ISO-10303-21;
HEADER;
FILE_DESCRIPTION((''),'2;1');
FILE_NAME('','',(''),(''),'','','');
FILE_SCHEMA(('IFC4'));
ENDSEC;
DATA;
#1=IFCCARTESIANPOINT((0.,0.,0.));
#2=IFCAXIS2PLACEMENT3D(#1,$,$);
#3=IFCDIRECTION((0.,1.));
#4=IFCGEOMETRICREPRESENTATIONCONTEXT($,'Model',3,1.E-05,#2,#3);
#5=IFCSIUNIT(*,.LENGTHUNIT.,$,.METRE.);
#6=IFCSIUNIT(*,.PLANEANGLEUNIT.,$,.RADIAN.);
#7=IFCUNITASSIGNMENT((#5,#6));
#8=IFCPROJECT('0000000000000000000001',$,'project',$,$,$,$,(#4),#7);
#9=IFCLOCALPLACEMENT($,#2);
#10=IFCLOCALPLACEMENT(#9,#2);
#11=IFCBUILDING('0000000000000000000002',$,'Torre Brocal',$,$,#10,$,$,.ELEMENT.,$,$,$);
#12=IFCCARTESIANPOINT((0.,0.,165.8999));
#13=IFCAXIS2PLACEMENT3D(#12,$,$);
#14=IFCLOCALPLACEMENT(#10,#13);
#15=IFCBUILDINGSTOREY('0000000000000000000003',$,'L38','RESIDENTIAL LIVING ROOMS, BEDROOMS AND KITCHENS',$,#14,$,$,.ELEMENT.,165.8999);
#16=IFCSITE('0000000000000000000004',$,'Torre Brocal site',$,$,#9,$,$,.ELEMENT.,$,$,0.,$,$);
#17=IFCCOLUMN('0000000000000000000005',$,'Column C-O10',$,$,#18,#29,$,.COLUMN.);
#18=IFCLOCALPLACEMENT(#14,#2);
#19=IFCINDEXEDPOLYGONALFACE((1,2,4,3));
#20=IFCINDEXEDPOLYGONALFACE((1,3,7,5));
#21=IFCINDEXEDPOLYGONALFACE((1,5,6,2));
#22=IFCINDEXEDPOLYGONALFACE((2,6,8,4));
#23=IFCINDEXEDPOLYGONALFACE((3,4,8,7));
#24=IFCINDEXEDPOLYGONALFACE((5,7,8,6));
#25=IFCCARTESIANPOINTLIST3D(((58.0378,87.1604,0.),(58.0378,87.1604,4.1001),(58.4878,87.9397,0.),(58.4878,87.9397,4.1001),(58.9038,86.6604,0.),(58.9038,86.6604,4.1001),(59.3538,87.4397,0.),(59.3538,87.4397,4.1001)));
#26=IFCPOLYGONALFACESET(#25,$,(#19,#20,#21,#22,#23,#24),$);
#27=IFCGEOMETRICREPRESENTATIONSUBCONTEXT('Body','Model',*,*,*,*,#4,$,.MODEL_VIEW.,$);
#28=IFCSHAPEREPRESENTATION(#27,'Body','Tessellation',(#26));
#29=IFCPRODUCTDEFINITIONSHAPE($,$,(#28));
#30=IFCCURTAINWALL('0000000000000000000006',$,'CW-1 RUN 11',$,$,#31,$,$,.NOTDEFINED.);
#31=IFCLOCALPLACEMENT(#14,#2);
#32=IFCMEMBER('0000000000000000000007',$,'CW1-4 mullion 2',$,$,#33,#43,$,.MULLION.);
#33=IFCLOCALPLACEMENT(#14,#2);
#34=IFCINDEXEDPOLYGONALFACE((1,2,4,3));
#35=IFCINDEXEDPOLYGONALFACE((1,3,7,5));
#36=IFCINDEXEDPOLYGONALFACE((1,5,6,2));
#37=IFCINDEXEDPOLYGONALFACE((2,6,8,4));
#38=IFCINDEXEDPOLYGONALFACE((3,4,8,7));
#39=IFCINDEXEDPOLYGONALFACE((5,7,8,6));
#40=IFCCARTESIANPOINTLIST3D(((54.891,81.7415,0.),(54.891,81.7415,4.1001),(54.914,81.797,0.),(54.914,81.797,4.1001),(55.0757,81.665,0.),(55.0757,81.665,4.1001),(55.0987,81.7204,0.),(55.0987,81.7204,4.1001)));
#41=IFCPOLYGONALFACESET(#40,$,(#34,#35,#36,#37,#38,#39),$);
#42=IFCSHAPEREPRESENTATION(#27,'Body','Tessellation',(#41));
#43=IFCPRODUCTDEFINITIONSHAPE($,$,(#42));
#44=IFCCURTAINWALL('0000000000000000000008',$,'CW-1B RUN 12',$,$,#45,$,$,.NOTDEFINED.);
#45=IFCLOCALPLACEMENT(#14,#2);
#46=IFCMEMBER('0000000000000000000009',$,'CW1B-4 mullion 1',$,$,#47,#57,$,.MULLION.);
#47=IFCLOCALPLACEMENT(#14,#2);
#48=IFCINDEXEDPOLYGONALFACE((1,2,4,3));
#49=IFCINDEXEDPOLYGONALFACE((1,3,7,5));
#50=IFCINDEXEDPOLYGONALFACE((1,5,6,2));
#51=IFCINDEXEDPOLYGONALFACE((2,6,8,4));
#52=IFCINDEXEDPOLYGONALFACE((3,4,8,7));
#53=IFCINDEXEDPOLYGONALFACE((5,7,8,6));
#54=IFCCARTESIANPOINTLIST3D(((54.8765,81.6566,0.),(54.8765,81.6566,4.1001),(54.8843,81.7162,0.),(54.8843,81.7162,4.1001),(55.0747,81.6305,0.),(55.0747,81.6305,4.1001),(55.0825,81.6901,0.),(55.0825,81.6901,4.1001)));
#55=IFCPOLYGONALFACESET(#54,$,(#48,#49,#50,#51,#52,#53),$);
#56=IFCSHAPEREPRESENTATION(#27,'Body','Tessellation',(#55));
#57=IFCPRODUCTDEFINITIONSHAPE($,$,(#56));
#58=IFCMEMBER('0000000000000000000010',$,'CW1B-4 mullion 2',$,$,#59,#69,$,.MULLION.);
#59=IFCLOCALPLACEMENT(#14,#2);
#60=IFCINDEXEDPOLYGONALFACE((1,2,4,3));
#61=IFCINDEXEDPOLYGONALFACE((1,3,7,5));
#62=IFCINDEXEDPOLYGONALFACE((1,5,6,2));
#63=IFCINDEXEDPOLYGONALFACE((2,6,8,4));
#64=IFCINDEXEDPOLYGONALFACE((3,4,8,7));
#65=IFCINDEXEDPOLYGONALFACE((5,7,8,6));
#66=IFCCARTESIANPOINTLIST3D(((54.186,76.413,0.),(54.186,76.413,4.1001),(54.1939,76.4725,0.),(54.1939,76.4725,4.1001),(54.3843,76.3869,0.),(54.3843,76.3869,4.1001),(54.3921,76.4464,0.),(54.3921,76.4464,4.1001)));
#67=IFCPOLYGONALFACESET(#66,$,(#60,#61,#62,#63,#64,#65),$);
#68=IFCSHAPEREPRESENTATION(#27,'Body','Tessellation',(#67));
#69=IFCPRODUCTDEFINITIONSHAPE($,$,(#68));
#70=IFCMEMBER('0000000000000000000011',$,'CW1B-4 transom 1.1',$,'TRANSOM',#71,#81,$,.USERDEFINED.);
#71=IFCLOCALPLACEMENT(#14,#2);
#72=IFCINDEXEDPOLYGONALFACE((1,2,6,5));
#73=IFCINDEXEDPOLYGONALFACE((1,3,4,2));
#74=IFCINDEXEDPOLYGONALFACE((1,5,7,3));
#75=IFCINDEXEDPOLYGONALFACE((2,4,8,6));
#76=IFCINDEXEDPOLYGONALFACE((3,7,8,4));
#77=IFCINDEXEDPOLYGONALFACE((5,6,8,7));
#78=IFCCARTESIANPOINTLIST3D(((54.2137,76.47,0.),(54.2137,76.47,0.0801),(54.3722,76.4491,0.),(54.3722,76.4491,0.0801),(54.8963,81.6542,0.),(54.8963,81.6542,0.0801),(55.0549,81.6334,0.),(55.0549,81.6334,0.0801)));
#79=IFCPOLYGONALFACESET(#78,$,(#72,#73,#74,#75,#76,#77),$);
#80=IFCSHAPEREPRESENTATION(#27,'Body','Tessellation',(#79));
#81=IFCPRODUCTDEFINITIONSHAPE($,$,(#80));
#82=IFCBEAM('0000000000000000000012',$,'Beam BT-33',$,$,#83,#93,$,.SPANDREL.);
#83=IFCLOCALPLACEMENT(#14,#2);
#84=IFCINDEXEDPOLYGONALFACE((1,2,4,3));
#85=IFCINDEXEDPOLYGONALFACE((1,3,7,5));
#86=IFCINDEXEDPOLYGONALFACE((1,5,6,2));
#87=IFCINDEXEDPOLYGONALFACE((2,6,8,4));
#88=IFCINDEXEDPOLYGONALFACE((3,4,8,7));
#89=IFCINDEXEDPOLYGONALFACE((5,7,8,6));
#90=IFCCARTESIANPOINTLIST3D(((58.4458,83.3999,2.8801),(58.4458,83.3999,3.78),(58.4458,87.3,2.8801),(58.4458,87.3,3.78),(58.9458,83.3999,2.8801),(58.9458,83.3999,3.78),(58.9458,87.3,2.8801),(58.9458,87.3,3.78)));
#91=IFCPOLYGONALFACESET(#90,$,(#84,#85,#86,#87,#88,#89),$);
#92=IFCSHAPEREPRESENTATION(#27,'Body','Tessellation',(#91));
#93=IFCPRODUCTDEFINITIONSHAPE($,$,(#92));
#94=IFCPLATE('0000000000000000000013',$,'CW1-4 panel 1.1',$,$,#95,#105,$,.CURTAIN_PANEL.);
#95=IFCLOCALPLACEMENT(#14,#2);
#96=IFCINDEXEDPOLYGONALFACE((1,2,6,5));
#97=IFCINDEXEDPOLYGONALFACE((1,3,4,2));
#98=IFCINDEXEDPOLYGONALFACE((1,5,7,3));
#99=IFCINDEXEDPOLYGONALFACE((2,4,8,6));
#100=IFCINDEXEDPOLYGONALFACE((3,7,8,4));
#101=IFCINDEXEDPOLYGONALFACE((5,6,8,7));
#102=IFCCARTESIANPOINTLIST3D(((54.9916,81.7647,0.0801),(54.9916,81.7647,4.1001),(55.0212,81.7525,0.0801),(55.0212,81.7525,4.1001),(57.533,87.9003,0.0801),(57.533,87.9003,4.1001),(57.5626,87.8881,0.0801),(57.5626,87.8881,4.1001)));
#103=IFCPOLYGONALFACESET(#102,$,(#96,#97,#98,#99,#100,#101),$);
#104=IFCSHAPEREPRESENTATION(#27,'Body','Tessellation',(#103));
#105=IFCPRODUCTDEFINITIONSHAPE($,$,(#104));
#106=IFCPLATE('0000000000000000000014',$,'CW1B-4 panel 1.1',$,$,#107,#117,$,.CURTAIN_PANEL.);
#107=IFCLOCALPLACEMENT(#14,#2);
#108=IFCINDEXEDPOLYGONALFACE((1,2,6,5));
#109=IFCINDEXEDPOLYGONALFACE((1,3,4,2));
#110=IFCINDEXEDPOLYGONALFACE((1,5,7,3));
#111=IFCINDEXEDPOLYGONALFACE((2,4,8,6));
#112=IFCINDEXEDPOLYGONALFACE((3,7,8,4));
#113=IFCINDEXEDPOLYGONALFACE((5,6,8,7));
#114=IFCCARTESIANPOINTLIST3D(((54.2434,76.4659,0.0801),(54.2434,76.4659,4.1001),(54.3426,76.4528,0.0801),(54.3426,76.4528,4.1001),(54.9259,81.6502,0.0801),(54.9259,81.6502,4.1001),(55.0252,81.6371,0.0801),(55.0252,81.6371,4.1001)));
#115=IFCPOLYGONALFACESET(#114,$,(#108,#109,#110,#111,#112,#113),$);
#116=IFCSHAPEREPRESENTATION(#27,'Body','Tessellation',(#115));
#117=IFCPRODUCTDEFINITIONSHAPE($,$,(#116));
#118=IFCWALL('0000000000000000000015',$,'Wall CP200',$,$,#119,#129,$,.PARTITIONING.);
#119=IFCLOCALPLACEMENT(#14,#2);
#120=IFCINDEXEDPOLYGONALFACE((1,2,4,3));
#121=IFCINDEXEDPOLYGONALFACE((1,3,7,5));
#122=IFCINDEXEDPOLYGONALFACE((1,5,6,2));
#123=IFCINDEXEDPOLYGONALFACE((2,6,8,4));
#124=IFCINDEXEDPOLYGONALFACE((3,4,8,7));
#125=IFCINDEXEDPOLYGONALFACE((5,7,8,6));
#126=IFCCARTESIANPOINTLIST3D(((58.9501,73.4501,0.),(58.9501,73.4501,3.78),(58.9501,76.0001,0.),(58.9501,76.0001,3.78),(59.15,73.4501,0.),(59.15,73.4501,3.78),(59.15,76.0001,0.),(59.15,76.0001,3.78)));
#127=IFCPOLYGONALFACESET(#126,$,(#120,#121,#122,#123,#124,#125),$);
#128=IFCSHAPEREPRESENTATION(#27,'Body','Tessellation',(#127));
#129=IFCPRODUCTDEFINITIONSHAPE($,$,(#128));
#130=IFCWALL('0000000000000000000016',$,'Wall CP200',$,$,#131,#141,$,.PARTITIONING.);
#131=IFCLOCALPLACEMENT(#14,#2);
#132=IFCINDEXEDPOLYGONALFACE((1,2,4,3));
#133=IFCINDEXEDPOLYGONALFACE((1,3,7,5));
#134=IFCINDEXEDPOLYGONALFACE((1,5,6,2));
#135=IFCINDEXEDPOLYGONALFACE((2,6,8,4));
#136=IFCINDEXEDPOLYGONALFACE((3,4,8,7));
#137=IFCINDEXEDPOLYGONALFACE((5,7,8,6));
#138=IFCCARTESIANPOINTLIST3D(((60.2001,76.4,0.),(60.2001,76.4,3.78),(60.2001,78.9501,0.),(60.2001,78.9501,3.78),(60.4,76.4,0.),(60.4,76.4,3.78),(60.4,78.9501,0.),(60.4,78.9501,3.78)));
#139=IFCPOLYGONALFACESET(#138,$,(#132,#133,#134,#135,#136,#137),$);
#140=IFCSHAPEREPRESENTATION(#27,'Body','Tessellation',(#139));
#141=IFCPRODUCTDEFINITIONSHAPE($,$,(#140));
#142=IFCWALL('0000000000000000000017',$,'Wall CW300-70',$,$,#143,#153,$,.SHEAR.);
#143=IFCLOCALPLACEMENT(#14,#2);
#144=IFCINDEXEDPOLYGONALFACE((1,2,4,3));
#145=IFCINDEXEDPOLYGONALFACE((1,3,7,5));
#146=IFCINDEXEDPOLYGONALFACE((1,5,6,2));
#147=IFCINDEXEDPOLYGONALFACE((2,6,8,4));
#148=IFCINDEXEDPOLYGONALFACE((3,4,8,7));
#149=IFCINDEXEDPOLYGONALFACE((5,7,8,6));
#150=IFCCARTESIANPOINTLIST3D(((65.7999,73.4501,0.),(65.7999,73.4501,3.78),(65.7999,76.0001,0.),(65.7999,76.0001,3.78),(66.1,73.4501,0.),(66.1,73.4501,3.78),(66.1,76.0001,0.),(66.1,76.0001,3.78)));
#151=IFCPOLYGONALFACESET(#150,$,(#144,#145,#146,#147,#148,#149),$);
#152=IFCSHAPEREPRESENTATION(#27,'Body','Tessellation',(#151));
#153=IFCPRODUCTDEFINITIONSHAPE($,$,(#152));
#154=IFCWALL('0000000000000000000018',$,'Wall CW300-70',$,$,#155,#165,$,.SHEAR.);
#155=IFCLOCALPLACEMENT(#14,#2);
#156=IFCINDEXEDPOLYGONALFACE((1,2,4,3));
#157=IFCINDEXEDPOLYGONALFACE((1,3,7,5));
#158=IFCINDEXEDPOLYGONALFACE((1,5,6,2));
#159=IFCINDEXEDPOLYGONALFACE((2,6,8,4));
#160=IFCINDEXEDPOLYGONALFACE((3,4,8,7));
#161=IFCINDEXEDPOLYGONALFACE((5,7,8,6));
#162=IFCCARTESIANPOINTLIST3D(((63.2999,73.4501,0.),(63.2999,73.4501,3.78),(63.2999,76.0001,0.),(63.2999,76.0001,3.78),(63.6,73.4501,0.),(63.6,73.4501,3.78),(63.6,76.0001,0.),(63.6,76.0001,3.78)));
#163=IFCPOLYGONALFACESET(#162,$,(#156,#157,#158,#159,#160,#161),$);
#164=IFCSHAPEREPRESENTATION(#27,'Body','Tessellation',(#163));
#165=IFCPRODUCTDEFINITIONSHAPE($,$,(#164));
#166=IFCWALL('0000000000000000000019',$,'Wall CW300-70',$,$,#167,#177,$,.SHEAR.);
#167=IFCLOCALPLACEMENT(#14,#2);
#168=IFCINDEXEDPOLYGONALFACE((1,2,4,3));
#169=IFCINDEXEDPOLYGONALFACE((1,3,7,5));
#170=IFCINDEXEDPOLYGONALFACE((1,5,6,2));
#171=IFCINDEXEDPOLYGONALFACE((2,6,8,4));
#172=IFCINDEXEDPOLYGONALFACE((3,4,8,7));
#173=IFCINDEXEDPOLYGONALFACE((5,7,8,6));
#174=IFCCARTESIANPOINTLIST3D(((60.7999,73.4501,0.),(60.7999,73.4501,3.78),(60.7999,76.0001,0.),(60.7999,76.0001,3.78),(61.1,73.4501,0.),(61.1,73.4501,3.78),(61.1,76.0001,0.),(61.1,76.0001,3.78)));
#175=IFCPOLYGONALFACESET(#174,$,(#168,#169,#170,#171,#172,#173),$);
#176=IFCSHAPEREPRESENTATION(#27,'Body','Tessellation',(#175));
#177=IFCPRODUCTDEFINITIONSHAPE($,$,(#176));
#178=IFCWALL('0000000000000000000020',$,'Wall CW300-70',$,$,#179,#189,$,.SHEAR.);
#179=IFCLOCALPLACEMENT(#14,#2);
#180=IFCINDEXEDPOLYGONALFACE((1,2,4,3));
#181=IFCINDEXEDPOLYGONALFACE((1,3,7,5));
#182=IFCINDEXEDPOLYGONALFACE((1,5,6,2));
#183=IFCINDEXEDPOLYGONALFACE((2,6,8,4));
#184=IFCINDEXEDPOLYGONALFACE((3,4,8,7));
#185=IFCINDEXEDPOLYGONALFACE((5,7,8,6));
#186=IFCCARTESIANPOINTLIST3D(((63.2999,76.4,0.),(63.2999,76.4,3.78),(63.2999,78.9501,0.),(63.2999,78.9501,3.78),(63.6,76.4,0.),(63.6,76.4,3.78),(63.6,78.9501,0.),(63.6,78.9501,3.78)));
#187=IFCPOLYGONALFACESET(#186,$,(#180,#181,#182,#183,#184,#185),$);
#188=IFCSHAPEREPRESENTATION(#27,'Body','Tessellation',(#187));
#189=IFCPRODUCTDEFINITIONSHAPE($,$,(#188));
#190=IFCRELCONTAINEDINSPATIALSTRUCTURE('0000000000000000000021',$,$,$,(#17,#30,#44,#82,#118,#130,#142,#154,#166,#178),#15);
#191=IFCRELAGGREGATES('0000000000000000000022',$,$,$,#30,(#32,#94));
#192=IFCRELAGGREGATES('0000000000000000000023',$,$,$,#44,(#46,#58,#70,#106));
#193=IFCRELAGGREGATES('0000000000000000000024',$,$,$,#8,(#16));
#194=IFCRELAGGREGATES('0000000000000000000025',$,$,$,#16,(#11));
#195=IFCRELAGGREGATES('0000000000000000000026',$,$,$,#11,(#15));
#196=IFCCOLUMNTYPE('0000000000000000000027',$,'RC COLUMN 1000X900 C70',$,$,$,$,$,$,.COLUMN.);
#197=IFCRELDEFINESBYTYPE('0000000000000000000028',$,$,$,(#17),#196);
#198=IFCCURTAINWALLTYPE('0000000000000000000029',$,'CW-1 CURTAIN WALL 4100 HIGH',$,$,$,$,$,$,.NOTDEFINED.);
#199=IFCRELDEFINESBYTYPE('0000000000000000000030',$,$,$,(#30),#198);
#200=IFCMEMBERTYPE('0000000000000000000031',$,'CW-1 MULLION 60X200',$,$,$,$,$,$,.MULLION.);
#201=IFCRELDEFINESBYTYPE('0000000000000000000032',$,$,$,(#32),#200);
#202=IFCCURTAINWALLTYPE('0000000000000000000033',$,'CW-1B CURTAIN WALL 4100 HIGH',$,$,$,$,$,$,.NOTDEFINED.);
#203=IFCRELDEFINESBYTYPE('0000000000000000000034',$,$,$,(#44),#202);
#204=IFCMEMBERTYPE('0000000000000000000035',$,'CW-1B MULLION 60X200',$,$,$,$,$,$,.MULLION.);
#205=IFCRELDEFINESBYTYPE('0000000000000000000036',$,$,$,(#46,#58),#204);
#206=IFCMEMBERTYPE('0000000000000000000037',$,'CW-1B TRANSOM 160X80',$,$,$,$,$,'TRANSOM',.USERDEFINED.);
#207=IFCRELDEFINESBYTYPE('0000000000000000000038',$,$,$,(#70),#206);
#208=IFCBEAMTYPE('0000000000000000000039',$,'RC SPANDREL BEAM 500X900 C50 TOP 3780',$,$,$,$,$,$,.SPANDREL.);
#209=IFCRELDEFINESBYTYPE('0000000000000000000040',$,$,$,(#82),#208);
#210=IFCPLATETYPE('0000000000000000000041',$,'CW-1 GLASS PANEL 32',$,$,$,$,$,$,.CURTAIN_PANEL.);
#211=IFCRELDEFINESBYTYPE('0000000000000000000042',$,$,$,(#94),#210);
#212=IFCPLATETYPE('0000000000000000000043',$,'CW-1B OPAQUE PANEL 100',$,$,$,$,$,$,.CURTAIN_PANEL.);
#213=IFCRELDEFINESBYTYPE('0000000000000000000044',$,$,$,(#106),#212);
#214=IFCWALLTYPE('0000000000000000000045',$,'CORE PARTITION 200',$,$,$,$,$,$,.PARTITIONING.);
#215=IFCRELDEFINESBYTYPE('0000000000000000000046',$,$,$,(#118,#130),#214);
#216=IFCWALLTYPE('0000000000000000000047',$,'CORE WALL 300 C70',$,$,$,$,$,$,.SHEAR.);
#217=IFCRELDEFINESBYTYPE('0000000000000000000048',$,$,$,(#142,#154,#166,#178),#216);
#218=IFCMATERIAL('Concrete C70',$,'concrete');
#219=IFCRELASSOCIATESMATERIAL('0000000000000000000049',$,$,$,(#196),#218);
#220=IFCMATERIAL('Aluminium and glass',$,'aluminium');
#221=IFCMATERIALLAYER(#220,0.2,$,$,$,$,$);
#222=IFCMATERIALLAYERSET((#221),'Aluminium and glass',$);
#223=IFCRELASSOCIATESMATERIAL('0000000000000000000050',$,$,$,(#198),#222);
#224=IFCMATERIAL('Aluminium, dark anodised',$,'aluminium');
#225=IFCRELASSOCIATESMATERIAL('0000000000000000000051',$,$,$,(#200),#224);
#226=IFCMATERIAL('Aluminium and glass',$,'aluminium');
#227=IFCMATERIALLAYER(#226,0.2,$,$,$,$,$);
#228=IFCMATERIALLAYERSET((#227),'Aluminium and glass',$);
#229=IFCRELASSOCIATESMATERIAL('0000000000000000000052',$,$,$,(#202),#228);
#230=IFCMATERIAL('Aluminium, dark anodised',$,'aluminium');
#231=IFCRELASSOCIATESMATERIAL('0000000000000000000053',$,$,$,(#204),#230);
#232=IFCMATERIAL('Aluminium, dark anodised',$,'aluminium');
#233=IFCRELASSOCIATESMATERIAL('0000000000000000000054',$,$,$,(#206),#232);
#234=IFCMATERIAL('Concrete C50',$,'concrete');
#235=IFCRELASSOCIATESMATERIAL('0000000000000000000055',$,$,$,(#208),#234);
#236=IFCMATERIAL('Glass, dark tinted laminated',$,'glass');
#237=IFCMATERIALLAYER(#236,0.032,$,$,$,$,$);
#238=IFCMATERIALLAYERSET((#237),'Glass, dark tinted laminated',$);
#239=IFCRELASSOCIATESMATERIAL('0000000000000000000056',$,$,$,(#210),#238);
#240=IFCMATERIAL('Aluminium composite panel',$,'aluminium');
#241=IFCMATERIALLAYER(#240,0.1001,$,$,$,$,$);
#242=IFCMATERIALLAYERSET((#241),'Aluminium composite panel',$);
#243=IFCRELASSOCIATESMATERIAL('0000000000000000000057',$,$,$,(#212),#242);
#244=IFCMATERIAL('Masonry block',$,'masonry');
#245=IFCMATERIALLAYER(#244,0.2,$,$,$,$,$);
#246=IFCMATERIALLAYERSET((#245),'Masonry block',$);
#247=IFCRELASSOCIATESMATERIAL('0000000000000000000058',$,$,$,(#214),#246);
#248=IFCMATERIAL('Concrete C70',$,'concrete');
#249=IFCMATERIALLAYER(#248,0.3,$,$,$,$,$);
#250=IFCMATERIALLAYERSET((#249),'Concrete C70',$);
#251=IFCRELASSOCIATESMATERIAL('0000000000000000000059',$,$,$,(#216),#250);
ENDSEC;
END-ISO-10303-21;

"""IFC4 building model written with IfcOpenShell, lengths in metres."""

from ifc_helpers import new_model, si_unit, direction, frame, frame_2d, origin, origin_2d, place, context, subcontext, project, spatial, rectangle, extrude, material, layer, layer_set, material_profile, profile_set, type_object, element, aggregate, save


model = new_model("IFC4")

# Units and contexts
model_context = context("Model", 3, precision=1e-05, world=origin(), true_north=direction((0.0, 1.0)))
body_context = subcontext(model_context, "Body", "Model", "MODEL_VIEW")
ifc_project = project(units=[si_unit("LENGTHUNIT", "METRE"), si_unit("PLANEANGLEUNIT", "RADIAN")], contexts=[model_context])

# Site, building, storey
site_placement = place(None, origin())
site = spatial("IfcSite", under=ifc_project, at=site_placement, Name="Torre Brocal site", CompositionType="ELEMENT", RefElevation=0.0)
building_placement = place(site_placement, origin())
building = spatial("IfcBuilding", under=site, at=building_placement, Name="Torre Brocal", CompositionType="ELEMENT")
storey_placement = place(building_placement, frame((0.0, 0.0, 165.8999)))
storey = spatial("IfcBuildingStorey", under=building, at=storey_placement, Name="L38", Description="RESIDENTIAL LIVING ROOMS, BEDROOMS AND KITCHENS", CompositionType="ELEMENT", Elevation=165.8999)

# Column
ifc_material_1 = material(Name="Concrete C70", Category="concrete")
ifc_material_profile_1 = material_profile(ifc_material_1, rectangle(XDim=1.0, YDim=0.8999, at=origin_2d()), Name="RC 1000X900")
ifc_profile_set_1 = profile_set([ifc_material_profile_1], Name="Concrete C70")
column_type = type_object("IfcColumnType", Name="RC COLUMN 1000X900 C70", PredefinedType="COLUMN", material=ifc_profile_set_1)
column_placement = place(storey_placement, frame((58.6958, 87.3, 0.0), z_axis=(0.0, 0.0, 1.0), x_axis=(-0.866025, 0.5, 0.0)))
element("IfcColumn", 1, at=column_placement, inside=storey, type_object=column_type, Name="Column C-O10", PredefinedType="COLUMN", context=body_context, shape_type="SweptSolid", body=[
    extrude(rectangle(XDim=1.0, YDim=0.8999, at=origin_2d()), origin(), (0.0, 0.0, 1.0), 4.1001),
])

# Curtain wall, member
ifc_material_2 = material(Name="Aluminium and glass", Category="aluminium")
ifc_layer_1 = layer(ifc_material_2, 0.2)
ifc_layer_set_1 = layer_set([ifc_layer_1], Name="Aluminium and glass")
curtain_wall_type_1 = type_object("IfcCurtainWallType", Name="CW-1 CURTAIN WALL 4100 HIGH", PredefinedType="NOTDEFINED", material=ifc_layer_set_1)
curtain_wall_1_placement = place(storey_placement, origin())
curtain_wall_1 = element("IfcCurtainWall", 2, at=curtain_wall_1_placement, inside=storey, type_object=curtain_wall_type_1, Name="CW-1 RUN 11", PredefinedType="NOTDEFINED")
ifc_material_3 = material(Name="Aluminium, dark anodised", Category="aluminium")
ifc_material_profile_2 = material_profile(ifc_material_3, rectangle(XDim=0.2, YDim=0.0601, at=origin_2d()), Name="CW-1 MULLION 60X200")
ifc_profile_set_2 = profile_set([ifc_material_profile_2], Name="Aluminium, dark anodised")
member_type_1 = type_object("IfcMemberType", Name="CW-1 MULLION 60X200", PredefinedType="MULLION", material=ifc_profile_set_2)
member_1_placement = place(storey_placement, frame((54.9949, 81.731, 0.0), z_axis=(0.0, 0.0, 1.0), x_axis=(0.92388, -0.382683, 0.0)))
member_1 = element("IfcMember", 3, at=member_1_placement, type_object=member_type_1, Name="CW1-4 mullion 2", PredefinedType="MULLION", context=body_context, shape_type="SweptSolid", body=[
    extrude(rectangle(XDim=0.2, YDim=0.0601, at=origin_2d()), origin(), (0.0, 0.0, 1.0), 4.1001),
])

# Curtain wall, members
ifc_material_4 = material(Name="Aluminium and glass", Category="aluminium")
ifc_layer_2 = layer(ifc_material_4, 0.2)
ifc_layer_set_2 = layer_set([ifc_layer_2], Name="Aluminium and glass")
curtain_wall_type_2 = type_object("IfcCurtainWallType", Name="CW-1B CURTAIN WALL 4100 HIGH", PredefinedType="NOTDEFINED", material=ifc_layer_set_2)
curtain_wall_2_placement = place(storey_placement, origin())
curtain_wall_2 = element("IfcCurtainWall", 4, at=curtain_wall_2_placement, inside=storey, type_object=curtain_wall_type_2, Name="CW-1B RUN 12", PredefinedType="NOTDEFINED")
ifc_material_5 = material(Name="Aluminium, dark anodised", Category="aluminium")
ifc_material_profile_3 = material_profile(ifc_material_5, rectangle(XDim=0.2, YDim=0.0601, at=origin_2d()), Name="CW-1B MULLION 60X200")
ifc_profile_set_3 = profile_set([ifc_material_profile_3], Name="Aluminium, dark anodised")
member_type_2 = type_object("IfcMemberType", Name="CW-1B MULLION 60X200", PredefinedType="MULLION", material=ifc_profile_set_3)
member_2_placement = place(storey_placement, frame((54.9795, 81.6733, 0.0), z_axis=(0.0, 0.0, 1.0), x_axis=(0.991445, -0.130526, 0.0)))
member_2 = element("IfcMember", 5, at=member_2_placement, type_object=member_type_2, Name="CW1B-4 mullion 1", PredefinedType="MULLION", context=body_context, shape_type="SweptSolid", body=[
    extrude(rectangle(XDim=0.2, YDim=0.0601, at=origin_2d()), origin(), (0.0, 0.0, 1.0), 4.1001),
])
member_3_placement = place(storey_placement, frame((54.2891, 76.4297, 0.0), z_axis=(0.0, 0.0, 1.0), x_axis=(0.991445, -0.130526, 0.0)))
member_3 = element("IfcMember", 6, at=member_3_placement, type_object=member_type_2, Name="CW1B-4 mullion 2", PredefinedType="MULLION", context=body_context, shape_type="SweptSolid", body=[
    extrude(rectangle(XDim=0.2, YDim=0.0601, at=origin_2d()), origin(), (0.0, 0.0, 1.0), 4.1001),
])
ifc_material_6 = material(Name="Aluminium, dark anodised", Category="aluminium")
ifc_material_profile_4 = material_profile(ifc_material_6, rectangle(XDim=0.1599, YDim=0.0801, at=origin_2d()), Name="CW-1B TRANSOM 160X80")
ifc_profile_set_4 = profile_set([ifc_material_profile_4], Name="Aluminium, dark anodised")
member_type_3 = type_object("IfcMemberType", Name="CW-1B TRANSOM 160X80", ElementType="TRANSOM", PredefinedType="USERDEFINED", material=ifc_profile_set_4)
member_4_placement = place(storey_placement, frame((54.9756, 81.6438, 0.04), z_axis=(-0.130543, -0.991443, 0.0), x_axis=(0.991443, -0.130543, 0.0)))
member_4 = element("IfcMember", 7, at=member_4_placement, type_object=member_type_3, Name="CW1B-4 transom 1.1", ObjectType="TRANSOM", PredefinedType="USERDEFINED", context=body_context, shape_type="SweptSolid", body=[
    extrude(rectangle(XDim=0.1599, YDim=0.0801, at=origin_2d()), origin(), (0.0, 0.0, 1.0), 5.229),
])

# Beam
ifc_material_7 = material(Name="Concrete C50", Category="concrete")
ifc_material_profile_5 = material_profile(ifc_material_7, rectangle(XDim=0.5, YDim=0.8999, at=origin_2d()), Name="RC 500X900")
ifc_profile_set_5 = profile_set([ifc_material_profile_5], Name="Concrete C50")
beam_type = type_object("IfcBeamType", Name="RC SPANDREL BEAM 500X900 C50 TOP 3780", PredefinedType="SPANDREL", material=ifc_profile_set_5)
beam_placement = place(storey_placement, frame((58.6958, 87.3, 3.3301), z_axis=(0.0, -1.0, 0.0), x_axis=(1.0, 0.0, 0.0)))
element("IfcBeam", 8, at=beam_placement, inside=storey, type_object=beam_type, Name="Beam BT-33", PredefinedType="SPANDREL", context=body_context, shape_type="SweptSolid", body=[
    extrude(rectangle(XDim=0.5, YDim=0.8999, at=origin_2d()), origin(), (0.0, 0.0, 1.0), 3.9001),
])

# Plates
ifc_material_8 = material(Name="Glass, dark tinted laminated", Category="glass")
ifc_layer_3 = layer(ifc_material_8, 0.032)
ifc_layer_set_3 = layer_set([ifc_layer_3], Name="Glass, dark tinted laminated")
plate_type_1 = type_object("IfcPlateType", Name="CW-1 GLASS PANEL 32", PredefinedType="CURTAIN_PANEL", material=ifc_layer_set_3)
plate_1_placement = place(storey_placement, frame((56.2771, 84.8264, 0.0801), z_axis=(0.0, 0.0, 1.0), x_axis=(-0.382683, -0.92388, 0.0)))
plate_1 = element("IfcPlate", 9, at=plate_1_placement, type_object=plate_type_1, Name="CW1-4 panel 1.1", PredefinedType="CURTAIN_PANEL", context=body_context, shape_type="SweptSolid", body=[
    extrude(rectangle(XDim=6.6411, YDim=0.032, at=origin_2d()), origin(), (0.0, 0.0, 1.0), 4.02),
])
aggregate(curtain_wall_1, [member_1, plate_1])
ifc_material_9 = material(Name="Aluminium composite panel", Category="aluminium")
ifc_layer_4 = layer(ifc_material_9, 0.1001)
ifc_layer_set_4 = layer_set([ifc_layer_4], Name="Aluminium composite panel")
plate_type_2 = type_object("IfcPlateType", Name="CW-1B OPAQUE PANEL 100", PredefinedType="CURTAIN_PANEL", material=ifc_layer_set_4)
plate_2_placement = place(storey_placement, frame((54.6343, 79.0515, 0.0801), z_axis=(0.0, 0.0, 1.0), x_axis=(-0.130526, -0.991445, 0.0)))
plate_2 = element("IfcPlate", 10, at=plate_2_placement, type_object=plate_type_2, Name="CW1B-4 panel 1.1", PredefinedType="CURTAIN_PANEL", context=body_context, shape_type="SweptSolid", body=[
    extrude(rectangle(XDim=5.229, YDim=0.1001, at=origin_2d()), origin(), (0.0, 0.0, 1.0), 4.02),
])
aggregate(curtain_wall_2, [member_2, member_3, member_4, plate_2])

# Walls
ifc_material_10 = material(Name="Masonry block", Category="masonry")
ifc_layer_5 = layer(ifc_material_10, 0.2)
ifc_layer_set_5 = layer_set([ifc_layer_5], Name="Masonry block")
wall_type_1 = type_object("IfcWallType", Name="CORE PARTITION 200", PredefinedType="PARTITIONING", material=ifc_layer_set_5)
for number, where, z_axis, x_axis, name in (
    (11, (59.05, 76.0, 0.0), (0.0, 0.0, 1.0), (0.0, -1.0, 0.0), "Wall CP200"),
    (12, (60.3, 78.95, 0.0), (0.0, 0.0, 1.0), (0.0, -1.0, 0.0), "Wall CP200"),
):
    element("IfcWall", number, at=place(storey_placement, frame(where, z_axis=z_axis, x_axis=x_axis)), inside=storey, type_object=wall_type_1, Name=name, PredefinedType="PARTITIONING", context=body_context, shape_type="SweptSolid", body=[
        extrude(rectangle(XDim=2.55, YDim=0.2, at=frame_2d((1.2749, 0.0))), origin(), (0.0, 0.0, 1.0), 3.78),
    ])
ifc_material_11 = material(Name="Concrete C70", Category="concrete")
ifc_layer_6 = layer(ifc_material_11, 0.3)
ifc_layer_set_6 = layer_set([ifc_layer_6], Name="Concrete C70")
wall_type_2 = type_object("IfcWallType", Name="CORE WALL 300 C70", PredefinedType="SHEAR", material=ifc_layer_set_6)
for number, where, z_axis, x_axis, name in (
    (13, (65.95, 76.0, 0.0), (0.0, 0.0, 1.0), (0.0, -1.0, 0.0), "Wall CW300-70"),
    (14, (63.45, 76.0, 0.0), (0.0, 0.0, 1.0), (0.0, -1.0, 0.0), "Wall CW300-70"),
    (15, (60.95, 76.0, 0.0), (0.0, 0.0, 1.0), (0.0, -1.0, 0.0), "Wall CW300-70"),
    (16, (63.45, 78.95, 0.0), (0.0, 0.0, 1.0), (0.0, -1.0, 0.0), "Wall CW300-70"),
):
    element("IfcWall", number, at=place(storey_placement, frame(where, z_axis=z_axis, x_axis=x_axis)), inside=storey, type_object=wall_type_2, Name=name, PredefinedType="SHEAR", context=body_context, shape_type="SweptSolid", body=[
        extrude(rectangle(XDim=2.55, YDim=0.3, at=frame_2d((1.2749, 0.0))), origin(), (0.0, 0.0, 1.0), 3.78),
    ])

save(model, "model.ifc")
